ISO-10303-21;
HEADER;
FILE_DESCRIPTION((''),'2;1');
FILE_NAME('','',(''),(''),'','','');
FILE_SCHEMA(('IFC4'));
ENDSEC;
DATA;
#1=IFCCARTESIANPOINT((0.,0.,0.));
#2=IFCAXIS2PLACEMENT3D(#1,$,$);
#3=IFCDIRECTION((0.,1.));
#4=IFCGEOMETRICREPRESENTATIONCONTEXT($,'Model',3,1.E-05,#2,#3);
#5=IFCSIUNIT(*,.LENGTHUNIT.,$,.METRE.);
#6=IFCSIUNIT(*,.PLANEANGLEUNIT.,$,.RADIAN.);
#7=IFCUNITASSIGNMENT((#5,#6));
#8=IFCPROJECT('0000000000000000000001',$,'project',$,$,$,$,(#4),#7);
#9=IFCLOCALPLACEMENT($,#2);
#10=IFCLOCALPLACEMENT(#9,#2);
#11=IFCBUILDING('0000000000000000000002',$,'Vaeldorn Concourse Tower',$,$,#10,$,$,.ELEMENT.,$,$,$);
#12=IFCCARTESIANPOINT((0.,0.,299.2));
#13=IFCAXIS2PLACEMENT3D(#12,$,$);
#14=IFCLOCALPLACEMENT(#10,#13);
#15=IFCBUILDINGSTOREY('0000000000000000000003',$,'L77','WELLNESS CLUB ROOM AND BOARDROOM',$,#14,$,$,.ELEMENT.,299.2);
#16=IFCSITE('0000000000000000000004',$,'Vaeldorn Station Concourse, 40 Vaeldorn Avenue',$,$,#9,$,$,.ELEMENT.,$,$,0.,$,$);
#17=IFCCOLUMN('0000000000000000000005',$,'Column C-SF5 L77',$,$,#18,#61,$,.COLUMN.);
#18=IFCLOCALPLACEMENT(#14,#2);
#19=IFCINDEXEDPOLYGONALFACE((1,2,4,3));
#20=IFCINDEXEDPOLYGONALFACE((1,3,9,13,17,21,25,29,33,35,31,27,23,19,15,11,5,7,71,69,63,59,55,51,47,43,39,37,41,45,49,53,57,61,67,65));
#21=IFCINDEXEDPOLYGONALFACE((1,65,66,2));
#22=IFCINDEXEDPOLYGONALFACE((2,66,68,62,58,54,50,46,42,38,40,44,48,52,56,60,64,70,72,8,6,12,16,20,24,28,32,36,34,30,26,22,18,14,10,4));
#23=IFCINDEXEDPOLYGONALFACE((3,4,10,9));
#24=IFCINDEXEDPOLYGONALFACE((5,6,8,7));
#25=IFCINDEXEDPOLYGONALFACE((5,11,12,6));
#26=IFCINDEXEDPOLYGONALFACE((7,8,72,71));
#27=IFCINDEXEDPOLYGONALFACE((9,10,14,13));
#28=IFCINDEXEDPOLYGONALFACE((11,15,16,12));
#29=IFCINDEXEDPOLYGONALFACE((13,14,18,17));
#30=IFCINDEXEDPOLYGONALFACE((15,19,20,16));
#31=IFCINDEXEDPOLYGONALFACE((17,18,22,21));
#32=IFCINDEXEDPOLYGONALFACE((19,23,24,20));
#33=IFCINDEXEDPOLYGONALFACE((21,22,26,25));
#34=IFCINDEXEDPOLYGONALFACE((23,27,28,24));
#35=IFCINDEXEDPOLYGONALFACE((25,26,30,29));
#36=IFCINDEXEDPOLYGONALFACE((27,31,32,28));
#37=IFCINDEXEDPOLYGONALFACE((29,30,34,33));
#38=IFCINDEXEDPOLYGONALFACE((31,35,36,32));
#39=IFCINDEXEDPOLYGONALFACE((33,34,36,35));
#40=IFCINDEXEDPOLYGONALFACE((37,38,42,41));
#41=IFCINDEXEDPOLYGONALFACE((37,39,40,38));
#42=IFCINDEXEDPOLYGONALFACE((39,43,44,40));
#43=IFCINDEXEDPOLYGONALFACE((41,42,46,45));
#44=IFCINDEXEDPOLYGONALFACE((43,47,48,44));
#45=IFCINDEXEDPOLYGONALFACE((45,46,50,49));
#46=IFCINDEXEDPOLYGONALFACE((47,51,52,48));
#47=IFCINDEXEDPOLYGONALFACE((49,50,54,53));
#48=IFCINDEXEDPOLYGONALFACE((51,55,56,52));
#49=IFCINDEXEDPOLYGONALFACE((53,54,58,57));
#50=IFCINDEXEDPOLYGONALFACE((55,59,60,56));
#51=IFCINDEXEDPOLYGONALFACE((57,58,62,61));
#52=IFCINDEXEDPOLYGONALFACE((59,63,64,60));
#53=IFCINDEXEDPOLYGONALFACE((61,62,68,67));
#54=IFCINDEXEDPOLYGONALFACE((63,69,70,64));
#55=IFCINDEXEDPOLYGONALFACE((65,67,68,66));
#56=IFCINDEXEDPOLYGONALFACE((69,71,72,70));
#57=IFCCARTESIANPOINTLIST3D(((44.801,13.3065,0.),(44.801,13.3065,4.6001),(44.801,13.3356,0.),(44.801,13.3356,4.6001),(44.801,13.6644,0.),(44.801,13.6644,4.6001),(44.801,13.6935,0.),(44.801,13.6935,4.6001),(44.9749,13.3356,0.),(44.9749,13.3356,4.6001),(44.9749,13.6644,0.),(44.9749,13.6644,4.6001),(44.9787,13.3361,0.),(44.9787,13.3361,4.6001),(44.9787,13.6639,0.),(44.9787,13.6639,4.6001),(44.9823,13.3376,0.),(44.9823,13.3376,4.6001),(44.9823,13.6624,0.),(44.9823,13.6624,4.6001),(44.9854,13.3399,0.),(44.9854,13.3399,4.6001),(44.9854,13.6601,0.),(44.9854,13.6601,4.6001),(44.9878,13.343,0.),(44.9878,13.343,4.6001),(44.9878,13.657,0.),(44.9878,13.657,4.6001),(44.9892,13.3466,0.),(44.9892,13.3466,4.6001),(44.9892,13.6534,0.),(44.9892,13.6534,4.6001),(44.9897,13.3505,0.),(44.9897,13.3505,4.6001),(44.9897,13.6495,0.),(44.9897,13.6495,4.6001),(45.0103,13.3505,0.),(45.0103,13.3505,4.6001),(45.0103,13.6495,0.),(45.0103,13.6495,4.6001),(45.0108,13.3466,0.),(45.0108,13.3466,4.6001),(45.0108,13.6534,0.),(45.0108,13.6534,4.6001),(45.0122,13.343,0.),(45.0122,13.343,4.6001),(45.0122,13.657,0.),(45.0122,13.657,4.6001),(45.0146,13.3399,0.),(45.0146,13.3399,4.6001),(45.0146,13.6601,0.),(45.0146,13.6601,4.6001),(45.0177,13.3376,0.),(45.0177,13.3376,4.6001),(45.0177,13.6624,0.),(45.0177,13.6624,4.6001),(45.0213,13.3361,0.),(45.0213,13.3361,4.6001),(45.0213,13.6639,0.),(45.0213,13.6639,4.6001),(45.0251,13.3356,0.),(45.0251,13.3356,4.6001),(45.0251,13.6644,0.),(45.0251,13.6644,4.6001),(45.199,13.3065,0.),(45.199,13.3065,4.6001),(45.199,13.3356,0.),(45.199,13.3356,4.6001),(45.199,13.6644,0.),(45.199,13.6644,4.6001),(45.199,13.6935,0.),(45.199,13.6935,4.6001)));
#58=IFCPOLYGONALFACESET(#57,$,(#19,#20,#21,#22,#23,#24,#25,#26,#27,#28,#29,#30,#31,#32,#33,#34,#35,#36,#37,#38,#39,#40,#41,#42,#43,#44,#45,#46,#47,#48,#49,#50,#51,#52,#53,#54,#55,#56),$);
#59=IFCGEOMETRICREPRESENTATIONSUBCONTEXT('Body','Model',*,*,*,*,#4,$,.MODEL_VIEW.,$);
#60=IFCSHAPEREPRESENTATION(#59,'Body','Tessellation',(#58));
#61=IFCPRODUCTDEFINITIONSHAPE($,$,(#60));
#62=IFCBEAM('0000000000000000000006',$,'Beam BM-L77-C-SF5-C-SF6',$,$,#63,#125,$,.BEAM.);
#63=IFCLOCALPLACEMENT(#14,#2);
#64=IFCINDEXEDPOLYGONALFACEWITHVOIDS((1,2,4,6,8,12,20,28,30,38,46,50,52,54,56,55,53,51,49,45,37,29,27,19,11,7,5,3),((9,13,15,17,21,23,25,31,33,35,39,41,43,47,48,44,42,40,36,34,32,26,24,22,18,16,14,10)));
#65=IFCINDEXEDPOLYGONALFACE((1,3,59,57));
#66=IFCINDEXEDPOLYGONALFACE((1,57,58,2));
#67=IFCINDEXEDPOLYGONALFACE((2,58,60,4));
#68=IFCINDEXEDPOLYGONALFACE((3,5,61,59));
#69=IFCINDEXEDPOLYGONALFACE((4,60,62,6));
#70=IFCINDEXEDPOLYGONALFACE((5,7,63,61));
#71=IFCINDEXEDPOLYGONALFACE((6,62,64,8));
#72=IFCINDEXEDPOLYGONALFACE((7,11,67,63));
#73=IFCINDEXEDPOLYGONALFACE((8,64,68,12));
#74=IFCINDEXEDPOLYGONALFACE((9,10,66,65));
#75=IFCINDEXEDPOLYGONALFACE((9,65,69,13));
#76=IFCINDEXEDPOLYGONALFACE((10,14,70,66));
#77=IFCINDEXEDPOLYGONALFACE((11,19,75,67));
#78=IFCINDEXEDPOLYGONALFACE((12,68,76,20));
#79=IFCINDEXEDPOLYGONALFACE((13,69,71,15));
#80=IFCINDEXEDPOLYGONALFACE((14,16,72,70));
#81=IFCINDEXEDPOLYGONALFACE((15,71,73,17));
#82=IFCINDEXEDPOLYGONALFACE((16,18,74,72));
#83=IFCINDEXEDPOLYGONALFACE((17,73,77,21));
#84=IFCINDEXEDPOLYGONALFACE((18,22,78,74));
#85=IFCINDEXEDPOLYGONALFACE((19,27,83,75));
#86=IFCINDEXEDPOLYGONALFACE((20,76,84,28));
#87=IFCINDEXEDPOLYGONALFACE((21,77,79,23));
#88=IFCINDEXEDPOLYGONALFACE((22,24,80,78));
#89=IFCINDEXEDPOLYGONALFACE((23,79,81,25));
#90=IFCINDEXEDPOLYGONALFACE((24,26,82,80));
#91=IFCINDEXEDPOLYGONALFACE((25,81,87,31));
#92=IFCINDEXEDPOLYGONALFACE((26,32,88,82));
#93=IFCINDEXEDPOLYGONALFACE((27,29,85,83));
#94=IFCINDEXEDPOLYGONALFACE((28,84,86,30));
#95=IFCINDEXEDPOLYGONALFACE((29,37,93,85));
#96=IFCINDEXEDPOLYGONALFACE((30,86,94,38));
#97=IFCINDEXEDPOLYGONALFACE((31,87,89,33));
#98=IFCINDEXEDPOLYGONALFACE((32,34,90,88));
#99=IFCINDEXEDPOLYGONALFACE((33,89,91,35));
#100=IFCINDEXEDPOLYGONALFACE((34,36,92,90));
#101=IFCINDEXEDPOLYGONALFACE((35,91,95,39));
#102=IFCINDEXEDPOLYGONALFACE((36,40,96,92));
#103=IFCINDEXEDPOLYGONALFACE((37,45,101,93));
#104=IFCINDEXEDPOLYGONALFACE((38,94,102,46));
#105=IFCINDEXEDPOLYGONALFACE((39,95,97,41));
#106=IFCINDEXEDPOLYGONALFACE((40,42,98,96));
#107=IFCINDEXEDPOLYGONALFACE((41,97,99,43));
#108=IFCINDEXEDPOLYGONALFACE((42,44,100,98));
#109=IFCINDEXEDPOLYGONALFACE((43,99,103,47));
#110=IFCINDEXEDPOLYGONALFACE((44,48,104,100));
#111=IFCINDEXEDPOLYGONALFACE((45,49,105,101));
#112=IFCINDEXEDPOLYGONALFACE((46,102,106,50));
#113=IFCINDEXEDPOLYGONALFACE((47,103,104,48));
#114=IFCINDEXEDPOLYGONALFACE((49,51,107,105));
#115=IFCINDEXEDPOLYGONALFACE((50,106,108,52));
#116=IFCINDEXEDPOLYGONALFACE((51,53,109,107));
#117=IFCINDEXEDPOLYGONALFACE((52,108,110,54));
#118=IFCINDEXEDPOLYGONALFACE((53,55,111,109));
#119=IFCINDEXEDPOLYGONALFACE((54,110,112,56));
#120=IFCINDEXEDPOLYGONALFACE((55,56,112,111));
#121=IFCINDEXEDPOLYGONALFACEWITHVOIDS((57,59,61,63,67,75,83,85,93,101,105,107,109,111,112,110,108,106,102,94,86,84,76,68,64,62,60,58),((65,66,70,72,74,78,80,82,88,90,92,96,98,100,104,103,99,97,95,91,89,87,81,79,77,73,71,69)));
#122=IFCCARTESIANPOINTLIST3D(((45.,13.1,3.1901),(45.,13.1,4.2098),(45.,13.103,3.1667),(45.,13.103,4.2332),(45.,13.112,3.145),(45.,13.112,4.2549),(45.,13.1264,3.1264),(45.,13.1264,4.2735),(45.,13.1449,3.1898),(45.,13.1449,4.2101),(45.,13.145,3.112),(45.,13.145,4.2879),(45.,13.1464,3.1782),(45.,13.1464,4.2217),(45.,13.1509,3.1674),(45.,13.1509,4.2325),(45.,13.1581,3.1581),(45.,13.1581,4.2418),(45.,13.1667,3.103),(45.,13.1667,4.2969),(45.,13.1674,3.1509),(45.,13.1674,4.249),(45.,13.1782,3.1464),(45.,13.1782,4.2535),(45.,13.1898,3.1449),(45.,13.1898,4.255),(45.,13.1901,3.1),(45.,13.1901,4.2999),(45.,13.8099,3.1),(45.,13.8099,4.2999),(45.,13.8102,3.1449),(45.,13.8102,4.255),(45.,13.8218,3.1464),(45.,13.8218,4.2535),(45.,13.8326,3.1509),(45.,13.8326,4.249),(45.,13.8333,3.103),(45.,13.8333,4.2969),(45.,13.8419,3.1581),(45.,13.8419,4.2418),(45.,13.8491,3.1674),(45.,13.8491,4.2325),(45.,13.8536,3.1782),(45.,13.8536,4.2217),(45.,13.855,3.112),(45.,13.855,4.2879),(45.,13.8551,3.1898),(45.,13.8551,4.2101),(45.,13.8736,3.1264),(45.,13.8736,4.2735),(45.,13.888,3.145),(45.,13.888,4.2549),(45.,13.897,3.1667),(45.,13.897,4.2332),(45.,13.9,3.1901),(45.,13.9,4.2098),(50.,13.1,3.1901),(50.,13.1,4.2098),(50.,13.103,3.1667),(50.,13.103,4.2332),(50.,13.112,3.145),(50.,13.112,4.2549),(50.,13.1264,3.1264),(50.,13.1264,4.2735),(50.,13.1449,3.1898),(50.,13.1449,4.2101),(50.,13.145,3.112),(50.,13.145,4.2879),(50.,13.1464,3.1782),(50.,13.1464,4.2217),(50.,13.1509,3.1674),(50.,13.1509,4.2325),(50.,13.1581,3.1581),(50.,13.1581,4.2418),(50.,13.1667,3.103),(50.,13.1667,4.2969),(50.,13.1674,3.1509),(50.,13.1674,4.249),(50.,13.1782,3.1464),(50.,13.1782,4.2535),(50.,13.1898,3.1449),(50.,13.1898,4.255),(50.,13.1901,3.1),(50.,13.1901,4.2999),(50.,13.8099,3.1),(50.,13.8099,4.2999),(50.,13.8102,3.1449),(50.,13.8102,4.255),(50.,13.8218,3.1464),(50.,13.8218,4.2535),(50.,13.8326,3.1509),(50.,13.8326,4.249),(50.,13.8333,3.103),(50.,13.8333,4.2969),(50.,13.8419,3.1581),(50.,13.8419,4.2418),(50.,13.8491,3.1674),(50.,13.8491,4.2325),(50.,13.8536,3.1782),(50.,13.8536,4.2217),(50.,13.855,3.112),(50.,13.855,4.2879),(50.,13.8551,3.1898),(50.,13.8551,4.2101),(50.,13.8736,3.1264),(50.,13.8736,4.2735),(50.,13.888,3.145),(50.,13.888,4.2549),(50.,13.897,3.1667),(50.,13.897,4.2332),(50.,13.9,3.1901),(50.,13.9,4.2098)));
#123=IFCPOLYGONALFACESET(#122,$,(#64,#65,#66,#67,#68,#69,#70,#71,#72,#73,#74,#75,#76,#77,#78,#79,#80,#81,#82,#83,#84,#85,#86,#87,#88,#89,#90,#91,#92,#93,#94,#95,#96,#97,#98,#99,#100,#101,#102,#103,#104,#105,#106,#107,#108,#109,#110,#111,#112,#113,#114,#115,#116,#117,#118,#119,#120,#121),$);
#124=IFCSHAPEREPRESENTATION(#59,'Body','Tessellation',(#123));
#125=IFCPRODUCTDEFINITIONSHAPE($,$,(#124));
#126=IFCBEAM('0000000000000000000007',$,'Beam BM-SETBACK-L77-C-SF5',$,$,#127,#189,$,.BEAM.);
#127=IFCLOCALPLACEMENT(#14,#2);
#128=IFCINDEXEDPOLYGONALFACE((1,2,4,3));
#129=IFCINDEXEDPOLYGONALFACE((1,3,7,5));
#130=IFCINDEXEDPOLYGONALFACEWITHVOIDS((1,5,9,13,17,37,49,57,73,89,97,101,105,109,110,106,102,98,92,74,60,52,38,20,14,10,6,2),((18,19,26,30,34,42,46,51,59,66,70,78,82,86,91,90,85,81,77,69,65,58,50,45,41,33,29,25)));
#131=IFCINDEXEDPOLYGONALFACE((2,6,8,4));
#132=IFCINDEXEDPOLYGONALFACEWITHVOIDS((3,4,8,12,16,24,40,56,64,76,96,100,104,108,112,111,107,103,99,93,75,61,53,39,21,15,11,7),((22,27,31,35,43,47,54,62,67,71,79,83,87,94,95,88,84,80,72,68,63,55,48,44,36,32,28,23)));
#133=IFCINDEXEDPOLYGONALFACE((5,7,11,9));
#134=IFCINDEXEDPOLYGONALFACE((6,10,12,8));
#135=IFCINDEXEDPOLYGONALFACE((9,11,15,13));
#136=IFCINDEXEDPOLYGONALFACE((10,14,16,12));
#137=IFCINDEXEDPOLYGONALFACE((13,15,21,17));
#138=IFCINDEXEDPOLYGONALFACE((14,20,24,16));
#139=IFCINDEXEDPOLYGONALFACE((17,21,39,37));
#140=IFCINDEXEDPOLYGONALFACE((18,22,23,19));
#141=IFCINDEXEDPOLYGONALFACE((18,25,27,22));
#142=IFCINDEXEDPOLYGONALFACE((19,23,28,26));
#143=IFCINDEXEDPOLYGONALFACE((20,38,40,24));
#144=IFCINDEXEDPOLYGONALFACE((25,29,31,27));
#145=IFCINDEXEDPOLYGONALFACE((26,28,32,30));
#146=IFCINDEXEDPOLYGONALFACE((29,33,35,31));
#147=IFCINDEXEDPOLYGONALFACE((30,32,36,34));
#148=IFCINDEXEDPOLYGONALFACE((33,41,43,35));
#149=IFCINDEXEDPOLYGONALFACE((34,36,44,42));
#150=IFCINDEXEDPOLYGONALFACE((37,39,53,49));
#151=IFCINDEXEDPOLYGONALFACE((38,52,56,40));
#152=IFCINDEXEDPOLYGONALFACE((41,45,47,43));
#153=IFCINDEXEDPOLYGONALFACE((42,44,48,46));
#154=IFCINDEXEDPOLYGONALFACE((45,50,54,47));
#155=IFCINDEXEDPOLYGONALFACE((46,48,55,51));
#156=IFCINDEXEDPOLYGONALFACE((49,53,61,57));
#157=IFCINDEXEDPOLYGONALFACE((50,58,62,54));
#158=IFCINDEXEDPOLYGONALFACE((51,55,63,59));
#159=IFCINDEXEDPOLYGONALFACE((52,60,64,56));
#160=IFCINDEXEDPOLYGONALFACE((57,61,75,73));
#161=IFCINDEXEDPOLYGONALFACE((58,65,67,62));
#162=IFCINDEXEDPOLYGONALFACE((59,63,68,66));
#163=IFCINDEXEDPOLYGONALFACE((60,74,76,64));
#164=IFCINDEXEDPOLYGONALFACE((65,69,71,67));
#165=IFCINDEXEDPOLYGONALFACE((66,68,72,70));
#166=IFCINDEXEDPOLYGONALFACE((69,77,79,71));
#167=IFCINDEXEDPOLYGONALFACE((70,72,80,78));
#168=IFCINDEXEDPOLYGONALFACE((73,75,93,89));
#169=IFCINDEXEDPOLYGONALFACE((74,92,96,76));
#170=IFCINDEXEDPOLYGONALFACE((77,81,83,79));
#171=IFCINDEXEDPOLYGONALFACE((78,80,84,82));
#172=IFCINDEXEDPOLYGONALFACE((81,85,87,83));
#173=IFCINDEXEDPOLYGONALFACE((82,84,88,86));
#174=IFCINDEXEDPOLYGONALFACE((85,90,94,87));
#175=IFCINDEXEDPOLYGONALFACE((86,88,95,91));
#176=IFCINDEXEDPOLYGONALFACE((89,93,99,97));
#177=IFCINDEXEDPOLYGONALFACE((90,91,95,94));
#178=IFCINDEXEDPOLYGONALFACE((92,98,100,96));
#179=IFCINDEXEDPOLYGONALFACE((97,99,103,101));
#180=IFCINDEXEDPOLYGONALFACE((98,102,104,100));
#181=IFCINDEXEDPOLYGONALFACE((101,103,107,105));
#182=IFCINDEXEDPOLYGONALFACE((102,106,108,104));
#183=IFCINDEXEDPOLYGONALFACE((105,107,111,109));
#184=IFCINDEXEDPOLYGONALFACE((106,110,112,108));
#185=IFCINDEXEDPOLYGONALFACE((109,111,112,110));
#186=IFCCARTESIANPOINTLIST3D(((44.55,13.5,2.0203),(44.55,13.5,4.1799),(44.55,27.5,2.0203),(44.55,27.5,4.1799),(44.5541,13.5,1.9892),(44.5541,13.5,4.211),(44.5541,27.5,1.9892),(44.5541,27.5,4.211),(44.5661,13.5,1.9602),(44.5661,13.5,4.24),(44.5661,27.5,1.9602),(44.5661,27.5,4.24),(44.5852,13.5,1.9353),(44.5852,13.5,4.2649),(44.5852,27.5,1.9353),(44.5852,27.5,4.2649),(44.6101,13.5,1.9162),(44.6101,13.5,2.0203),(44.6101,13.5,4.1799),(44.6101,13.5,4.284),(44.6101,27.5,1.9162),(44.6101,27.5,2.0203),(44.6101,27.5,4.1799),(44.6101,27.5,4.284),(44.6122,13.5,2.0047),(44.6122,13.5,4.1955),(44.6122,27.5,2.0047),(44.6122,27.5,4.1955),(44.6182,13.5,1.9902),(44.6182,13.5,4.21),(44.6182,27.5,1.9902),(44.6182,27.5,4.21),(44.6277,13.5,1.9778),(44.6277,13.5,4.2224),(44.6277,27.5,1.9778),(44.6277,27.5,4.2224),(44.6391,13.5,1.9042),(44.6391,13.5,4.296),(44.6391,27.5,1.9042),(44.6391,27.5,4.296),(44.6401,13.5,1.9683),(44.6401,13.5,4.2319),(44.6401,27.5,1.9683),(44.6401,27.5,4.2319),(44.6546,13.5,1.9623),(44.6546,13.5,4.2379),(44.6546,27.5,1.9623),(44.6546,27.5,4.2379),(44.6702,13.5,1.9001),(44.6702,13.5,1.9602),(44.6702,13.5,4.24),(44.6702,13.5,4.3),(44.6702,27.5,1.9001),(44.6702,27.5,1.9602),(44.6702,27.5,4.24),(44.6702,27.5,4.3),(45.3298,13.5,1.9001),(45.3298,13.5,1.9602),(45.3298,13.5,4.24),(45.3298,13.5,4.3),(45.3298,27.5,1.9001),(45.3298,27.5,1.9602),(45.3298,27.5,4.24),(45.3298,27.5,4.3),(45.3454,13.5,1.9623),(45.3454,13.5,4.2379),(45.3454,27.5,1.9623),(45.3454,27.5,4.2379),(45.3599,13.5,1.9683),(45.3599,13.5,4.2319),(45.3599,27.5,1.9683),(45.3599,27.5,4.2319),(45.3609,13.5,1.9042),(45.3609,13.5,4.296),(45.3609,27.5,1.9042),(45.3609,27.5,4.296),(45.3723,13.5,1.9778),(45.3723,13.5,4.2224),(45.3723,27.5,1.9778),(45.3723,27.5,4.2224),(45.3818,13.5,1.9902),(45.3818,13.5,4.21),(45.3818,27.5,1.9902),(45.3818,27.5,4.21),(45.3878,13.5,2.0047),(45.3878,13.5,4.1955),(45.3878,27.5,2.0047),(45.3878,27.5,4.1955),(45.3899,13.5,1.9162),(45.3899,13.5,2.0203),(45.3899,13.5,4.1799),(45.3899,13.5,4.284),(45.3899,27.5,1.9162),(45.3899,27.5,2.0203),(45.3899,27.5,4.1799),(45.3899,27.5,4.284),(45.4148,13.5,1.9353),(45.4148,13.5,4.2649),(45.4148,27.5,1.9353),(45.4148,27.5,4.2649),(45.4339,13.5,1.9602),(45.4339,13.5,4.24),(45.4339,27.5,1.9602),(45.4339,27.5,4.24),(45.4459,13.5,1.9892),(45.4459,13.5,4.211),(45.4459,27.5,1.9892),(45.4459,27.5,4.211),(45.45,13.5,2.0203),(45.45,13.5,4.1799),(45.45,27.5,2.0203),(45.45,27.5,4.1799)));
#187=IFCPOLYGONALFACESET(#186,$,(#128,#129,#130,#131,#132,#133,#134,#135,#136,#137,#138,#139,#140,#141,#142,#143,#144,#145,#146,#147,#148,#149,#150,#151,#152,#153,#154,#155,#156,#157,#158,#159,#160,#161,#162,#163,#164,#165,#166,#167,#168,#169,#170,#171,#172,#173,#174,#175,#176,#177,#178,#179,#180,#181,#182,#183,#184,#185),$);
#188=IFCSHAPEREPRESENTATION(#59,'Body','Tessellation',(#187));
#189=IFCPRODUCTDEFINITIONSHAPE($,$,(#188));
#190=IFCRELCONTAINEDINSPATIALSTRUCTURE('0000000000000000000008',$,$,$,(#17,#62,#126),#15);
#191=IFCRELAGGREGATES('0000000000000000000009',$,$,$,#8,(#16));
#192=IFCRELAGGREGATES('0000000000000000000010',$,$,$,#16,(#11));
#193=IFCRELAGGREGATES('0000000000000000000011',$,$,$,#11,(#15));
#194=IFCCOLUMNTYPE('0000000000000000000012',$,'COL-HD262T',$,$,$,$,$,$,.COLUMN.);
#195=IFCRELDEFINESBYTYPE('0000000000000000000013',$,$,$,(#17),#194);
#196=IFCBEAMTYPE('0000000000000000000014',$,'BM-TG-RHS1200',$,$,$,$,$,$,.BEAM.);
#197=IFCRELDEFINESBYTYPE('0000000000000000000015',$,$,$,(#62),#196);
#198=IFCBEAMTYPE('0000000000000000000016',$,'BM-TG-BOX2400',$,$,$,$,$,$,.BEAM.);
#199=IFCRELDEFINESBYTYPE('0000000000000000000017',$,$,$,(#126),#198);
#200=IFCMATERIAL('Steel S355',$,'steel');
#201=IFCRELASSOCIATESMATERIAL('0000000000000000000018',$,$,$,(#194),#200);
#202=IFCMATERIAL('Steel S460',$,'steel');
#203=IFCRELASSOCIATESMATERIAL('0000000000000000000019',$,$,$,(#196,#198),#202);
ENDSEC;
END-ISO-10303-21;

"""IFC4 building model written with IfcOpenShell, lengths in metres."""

from ifc_helpers import new_model, si_unit, direction, frame, origin, origin_2d, place, context, subcontext, project, spatial, hollow_rectangle, i_section, extrude, source, transform, mapped, material, material_profile, profile_set, type_object, element, save


model = new_model("IFC4")

# Units and contexts
model_context = context("Model", 3, precision=1e-05, world=origin(), true_north=direction((0.0, 1.0)))
body_context = subcontext(model_context, "Body", "Model", "MODEL_VIEW")
ifc_project = project(units=[si_unit("LENGTHUNIT", "METRE"), si_unit("PLANEANGLEUNIT", "RADIAN")], contexts=[model_context])

# Site, building, storey
site_placement = place(None, origin())
site = spatial("IfcSite", under=ifc_project, at=site_placement, Name="Vaeldorn Station Concourse, 40 Vaeldorn Avenue", CompositionType="ELEMENT", RefElevation=0.0)
building_placement = place(site_placement, origin())
building = spatial("IfcBuilding", under=site, at=building_placement, Name="Vaeldorn Concourse Tower", CompositionType="ELEMENT")
storey_placement = place(building_placement, frame((0.0, 0.0, 299.2)))
storey = spatial("IfcBuildingStorey", under=building, at=storey_placement, Name="L77", Description="WELLNESS CLUB ROOM AND BOARDROOM", CompositionType="ELEMENT", Elevation=299.2)

# Column
ifc_material_1 = material(Name="Steel S355", Category="steel")
ifc_material_profile_1 = material_profile(ifc_material_1, i_section(OverallWidth=0.3979, OverallDepth=0.387, WebThickness=0.0205, FlangeThickness=0.0291, FilletRadius=0.0149, at=origin_2d()), Name="HD 400x262")
ifc_profile_set_1 = profile_set([ifc_material_profile_1], Name="Steel S355")
column_type = type_object("IfcColumnType", Name="COL-HD262T", PredefinedType="COLUMN", material=ifc_profile_set_1)
shared_shape_1 = source(origin(), body_context, "Body", "SweptSolid", [
    extrude(i_section(OverallWidth=0.3979, OverallDepth=0.387, WebThickness=0.0205, FlangeThickness=0.0291, FilletRadius=0.0149, at=origin_2d()), origin(), (0.0, 0.0, 1.0), 4.6001),
])
column_placement = place(storey_placement, frame((45.0, 13.5, 0.0), z_axis=(0.0, 0.0, 1.0), x_axis=(1.0, 0.0, 0.0)))
element("IfcColumn", 1, at=column_placement, inside=storey, type_object=column_type, Name="Column C-SF5 L77", PredefinedType="COLUMN", context=body_context, shape_type="MappedRepresentation", body=[
    mapped(shared_shape_1, transform((0.0, 0.0, 0.0), scale=1.0)),
])

# Beams
ifc_material_2 = material(Name="Steel S460", Category="steel")
ifc_material_profile_2 = material_profile(ifc_material_2, hollow_rectangle(XDim=0.8, YDim=1.2, WallThickness=0.0449, InnerFilletRadius=0.0449, OuterFilletRadius=0.0901, at=origin_2d()), Name="RHS 1200x800x45")
ifc_profile_set_2 = profile_set([ifc_material_profile_2], Name="Steel S460")
beam_type_1 = type_object("IfcBeamType", Name="BM-TG-RHS1200", PredefinedType="BEAM", material=ifc_profile_set_2)
shared_shape_2 = source(origin(), body_context, "Body", "SweptSolid", [
    extrude(hollow_rectangle(XDim=0.8, YDim=1.2, WallThickness=0.0449, InnerFilletRadius=0.0449, OuterFilletRadius=0.0901, at=origin_2d()), origin(), (0.0, 0.0, 1.0), 5.0),
])
beam_1_placement = place(storey_placement, frame((45.0, 13.5, 3.7), z_axis=(1.0, 0.0, 0.0), x_axis=(0.0, 1.0, 0.0)))
element("IfcBeam", 2, at=beam_1_placement, inside=storey, type_object=beam_type_1, Name="Beam BM-L77-C-SF5-C-SF6", PredefinedType="BEAM", context=body_context, shape_type="MappedRepresentation", body=[
    mapped(shared_shape_2, transform((0.0, 0.0, 0.0), scale=1.0)),
])
ifc_material_profile_3 = material_profile(ifc_material_2, hollow_rectangle(XDim=0.8999, YDim=2.3999, WallThickness=0.0601, InnerFilletRadius=0.0601, OuterFilletRadius=0.1201, at=origin_2d()), Name="RHS 2400x900x60")
ifc_profile_set_3 = profile_set([ifc_material_profile_3], Name="Steel S460")
beam_type_2 = type_object("IfcBeamType", Name="BM-TG-BOX2400", PredefinedType="BEAM", material=ifc_profile_set_3)
shared_shape_3 = source(origin(), body_context, "Body", "SweptSolid", [
    extrude(hollow_rectangle(XDim=0.8999, YDim=2.3999, WallThickness=0.0601, InnerFilletRadius=0.0601, OuterFilletRadius=0.1201, at=origin_2d()), origin(), (0.0, 0.0, 1.0), 14.0),
])
beam_2_placement = place(storey_placement, frame((45.0, 13.5, 3.1001), z_axis=(0.0, 1.0, 0.0), x_axis=(-1.0, 0.0, 0.0)))
element("IfcBeam", 3, at=beam_2_placement, inside=storey, type_object=beam_type_2, Name="Beam BM-SETBACK-L77-C-SF5", PredefinedType="BEAM", context=body_context, shape_type="MappedRepresentation", body=[
    mapped(shared_shape_3, transform((0.0, 0.0, 0.0), scale=1.0)),
])

save(model, "model.ifc")
